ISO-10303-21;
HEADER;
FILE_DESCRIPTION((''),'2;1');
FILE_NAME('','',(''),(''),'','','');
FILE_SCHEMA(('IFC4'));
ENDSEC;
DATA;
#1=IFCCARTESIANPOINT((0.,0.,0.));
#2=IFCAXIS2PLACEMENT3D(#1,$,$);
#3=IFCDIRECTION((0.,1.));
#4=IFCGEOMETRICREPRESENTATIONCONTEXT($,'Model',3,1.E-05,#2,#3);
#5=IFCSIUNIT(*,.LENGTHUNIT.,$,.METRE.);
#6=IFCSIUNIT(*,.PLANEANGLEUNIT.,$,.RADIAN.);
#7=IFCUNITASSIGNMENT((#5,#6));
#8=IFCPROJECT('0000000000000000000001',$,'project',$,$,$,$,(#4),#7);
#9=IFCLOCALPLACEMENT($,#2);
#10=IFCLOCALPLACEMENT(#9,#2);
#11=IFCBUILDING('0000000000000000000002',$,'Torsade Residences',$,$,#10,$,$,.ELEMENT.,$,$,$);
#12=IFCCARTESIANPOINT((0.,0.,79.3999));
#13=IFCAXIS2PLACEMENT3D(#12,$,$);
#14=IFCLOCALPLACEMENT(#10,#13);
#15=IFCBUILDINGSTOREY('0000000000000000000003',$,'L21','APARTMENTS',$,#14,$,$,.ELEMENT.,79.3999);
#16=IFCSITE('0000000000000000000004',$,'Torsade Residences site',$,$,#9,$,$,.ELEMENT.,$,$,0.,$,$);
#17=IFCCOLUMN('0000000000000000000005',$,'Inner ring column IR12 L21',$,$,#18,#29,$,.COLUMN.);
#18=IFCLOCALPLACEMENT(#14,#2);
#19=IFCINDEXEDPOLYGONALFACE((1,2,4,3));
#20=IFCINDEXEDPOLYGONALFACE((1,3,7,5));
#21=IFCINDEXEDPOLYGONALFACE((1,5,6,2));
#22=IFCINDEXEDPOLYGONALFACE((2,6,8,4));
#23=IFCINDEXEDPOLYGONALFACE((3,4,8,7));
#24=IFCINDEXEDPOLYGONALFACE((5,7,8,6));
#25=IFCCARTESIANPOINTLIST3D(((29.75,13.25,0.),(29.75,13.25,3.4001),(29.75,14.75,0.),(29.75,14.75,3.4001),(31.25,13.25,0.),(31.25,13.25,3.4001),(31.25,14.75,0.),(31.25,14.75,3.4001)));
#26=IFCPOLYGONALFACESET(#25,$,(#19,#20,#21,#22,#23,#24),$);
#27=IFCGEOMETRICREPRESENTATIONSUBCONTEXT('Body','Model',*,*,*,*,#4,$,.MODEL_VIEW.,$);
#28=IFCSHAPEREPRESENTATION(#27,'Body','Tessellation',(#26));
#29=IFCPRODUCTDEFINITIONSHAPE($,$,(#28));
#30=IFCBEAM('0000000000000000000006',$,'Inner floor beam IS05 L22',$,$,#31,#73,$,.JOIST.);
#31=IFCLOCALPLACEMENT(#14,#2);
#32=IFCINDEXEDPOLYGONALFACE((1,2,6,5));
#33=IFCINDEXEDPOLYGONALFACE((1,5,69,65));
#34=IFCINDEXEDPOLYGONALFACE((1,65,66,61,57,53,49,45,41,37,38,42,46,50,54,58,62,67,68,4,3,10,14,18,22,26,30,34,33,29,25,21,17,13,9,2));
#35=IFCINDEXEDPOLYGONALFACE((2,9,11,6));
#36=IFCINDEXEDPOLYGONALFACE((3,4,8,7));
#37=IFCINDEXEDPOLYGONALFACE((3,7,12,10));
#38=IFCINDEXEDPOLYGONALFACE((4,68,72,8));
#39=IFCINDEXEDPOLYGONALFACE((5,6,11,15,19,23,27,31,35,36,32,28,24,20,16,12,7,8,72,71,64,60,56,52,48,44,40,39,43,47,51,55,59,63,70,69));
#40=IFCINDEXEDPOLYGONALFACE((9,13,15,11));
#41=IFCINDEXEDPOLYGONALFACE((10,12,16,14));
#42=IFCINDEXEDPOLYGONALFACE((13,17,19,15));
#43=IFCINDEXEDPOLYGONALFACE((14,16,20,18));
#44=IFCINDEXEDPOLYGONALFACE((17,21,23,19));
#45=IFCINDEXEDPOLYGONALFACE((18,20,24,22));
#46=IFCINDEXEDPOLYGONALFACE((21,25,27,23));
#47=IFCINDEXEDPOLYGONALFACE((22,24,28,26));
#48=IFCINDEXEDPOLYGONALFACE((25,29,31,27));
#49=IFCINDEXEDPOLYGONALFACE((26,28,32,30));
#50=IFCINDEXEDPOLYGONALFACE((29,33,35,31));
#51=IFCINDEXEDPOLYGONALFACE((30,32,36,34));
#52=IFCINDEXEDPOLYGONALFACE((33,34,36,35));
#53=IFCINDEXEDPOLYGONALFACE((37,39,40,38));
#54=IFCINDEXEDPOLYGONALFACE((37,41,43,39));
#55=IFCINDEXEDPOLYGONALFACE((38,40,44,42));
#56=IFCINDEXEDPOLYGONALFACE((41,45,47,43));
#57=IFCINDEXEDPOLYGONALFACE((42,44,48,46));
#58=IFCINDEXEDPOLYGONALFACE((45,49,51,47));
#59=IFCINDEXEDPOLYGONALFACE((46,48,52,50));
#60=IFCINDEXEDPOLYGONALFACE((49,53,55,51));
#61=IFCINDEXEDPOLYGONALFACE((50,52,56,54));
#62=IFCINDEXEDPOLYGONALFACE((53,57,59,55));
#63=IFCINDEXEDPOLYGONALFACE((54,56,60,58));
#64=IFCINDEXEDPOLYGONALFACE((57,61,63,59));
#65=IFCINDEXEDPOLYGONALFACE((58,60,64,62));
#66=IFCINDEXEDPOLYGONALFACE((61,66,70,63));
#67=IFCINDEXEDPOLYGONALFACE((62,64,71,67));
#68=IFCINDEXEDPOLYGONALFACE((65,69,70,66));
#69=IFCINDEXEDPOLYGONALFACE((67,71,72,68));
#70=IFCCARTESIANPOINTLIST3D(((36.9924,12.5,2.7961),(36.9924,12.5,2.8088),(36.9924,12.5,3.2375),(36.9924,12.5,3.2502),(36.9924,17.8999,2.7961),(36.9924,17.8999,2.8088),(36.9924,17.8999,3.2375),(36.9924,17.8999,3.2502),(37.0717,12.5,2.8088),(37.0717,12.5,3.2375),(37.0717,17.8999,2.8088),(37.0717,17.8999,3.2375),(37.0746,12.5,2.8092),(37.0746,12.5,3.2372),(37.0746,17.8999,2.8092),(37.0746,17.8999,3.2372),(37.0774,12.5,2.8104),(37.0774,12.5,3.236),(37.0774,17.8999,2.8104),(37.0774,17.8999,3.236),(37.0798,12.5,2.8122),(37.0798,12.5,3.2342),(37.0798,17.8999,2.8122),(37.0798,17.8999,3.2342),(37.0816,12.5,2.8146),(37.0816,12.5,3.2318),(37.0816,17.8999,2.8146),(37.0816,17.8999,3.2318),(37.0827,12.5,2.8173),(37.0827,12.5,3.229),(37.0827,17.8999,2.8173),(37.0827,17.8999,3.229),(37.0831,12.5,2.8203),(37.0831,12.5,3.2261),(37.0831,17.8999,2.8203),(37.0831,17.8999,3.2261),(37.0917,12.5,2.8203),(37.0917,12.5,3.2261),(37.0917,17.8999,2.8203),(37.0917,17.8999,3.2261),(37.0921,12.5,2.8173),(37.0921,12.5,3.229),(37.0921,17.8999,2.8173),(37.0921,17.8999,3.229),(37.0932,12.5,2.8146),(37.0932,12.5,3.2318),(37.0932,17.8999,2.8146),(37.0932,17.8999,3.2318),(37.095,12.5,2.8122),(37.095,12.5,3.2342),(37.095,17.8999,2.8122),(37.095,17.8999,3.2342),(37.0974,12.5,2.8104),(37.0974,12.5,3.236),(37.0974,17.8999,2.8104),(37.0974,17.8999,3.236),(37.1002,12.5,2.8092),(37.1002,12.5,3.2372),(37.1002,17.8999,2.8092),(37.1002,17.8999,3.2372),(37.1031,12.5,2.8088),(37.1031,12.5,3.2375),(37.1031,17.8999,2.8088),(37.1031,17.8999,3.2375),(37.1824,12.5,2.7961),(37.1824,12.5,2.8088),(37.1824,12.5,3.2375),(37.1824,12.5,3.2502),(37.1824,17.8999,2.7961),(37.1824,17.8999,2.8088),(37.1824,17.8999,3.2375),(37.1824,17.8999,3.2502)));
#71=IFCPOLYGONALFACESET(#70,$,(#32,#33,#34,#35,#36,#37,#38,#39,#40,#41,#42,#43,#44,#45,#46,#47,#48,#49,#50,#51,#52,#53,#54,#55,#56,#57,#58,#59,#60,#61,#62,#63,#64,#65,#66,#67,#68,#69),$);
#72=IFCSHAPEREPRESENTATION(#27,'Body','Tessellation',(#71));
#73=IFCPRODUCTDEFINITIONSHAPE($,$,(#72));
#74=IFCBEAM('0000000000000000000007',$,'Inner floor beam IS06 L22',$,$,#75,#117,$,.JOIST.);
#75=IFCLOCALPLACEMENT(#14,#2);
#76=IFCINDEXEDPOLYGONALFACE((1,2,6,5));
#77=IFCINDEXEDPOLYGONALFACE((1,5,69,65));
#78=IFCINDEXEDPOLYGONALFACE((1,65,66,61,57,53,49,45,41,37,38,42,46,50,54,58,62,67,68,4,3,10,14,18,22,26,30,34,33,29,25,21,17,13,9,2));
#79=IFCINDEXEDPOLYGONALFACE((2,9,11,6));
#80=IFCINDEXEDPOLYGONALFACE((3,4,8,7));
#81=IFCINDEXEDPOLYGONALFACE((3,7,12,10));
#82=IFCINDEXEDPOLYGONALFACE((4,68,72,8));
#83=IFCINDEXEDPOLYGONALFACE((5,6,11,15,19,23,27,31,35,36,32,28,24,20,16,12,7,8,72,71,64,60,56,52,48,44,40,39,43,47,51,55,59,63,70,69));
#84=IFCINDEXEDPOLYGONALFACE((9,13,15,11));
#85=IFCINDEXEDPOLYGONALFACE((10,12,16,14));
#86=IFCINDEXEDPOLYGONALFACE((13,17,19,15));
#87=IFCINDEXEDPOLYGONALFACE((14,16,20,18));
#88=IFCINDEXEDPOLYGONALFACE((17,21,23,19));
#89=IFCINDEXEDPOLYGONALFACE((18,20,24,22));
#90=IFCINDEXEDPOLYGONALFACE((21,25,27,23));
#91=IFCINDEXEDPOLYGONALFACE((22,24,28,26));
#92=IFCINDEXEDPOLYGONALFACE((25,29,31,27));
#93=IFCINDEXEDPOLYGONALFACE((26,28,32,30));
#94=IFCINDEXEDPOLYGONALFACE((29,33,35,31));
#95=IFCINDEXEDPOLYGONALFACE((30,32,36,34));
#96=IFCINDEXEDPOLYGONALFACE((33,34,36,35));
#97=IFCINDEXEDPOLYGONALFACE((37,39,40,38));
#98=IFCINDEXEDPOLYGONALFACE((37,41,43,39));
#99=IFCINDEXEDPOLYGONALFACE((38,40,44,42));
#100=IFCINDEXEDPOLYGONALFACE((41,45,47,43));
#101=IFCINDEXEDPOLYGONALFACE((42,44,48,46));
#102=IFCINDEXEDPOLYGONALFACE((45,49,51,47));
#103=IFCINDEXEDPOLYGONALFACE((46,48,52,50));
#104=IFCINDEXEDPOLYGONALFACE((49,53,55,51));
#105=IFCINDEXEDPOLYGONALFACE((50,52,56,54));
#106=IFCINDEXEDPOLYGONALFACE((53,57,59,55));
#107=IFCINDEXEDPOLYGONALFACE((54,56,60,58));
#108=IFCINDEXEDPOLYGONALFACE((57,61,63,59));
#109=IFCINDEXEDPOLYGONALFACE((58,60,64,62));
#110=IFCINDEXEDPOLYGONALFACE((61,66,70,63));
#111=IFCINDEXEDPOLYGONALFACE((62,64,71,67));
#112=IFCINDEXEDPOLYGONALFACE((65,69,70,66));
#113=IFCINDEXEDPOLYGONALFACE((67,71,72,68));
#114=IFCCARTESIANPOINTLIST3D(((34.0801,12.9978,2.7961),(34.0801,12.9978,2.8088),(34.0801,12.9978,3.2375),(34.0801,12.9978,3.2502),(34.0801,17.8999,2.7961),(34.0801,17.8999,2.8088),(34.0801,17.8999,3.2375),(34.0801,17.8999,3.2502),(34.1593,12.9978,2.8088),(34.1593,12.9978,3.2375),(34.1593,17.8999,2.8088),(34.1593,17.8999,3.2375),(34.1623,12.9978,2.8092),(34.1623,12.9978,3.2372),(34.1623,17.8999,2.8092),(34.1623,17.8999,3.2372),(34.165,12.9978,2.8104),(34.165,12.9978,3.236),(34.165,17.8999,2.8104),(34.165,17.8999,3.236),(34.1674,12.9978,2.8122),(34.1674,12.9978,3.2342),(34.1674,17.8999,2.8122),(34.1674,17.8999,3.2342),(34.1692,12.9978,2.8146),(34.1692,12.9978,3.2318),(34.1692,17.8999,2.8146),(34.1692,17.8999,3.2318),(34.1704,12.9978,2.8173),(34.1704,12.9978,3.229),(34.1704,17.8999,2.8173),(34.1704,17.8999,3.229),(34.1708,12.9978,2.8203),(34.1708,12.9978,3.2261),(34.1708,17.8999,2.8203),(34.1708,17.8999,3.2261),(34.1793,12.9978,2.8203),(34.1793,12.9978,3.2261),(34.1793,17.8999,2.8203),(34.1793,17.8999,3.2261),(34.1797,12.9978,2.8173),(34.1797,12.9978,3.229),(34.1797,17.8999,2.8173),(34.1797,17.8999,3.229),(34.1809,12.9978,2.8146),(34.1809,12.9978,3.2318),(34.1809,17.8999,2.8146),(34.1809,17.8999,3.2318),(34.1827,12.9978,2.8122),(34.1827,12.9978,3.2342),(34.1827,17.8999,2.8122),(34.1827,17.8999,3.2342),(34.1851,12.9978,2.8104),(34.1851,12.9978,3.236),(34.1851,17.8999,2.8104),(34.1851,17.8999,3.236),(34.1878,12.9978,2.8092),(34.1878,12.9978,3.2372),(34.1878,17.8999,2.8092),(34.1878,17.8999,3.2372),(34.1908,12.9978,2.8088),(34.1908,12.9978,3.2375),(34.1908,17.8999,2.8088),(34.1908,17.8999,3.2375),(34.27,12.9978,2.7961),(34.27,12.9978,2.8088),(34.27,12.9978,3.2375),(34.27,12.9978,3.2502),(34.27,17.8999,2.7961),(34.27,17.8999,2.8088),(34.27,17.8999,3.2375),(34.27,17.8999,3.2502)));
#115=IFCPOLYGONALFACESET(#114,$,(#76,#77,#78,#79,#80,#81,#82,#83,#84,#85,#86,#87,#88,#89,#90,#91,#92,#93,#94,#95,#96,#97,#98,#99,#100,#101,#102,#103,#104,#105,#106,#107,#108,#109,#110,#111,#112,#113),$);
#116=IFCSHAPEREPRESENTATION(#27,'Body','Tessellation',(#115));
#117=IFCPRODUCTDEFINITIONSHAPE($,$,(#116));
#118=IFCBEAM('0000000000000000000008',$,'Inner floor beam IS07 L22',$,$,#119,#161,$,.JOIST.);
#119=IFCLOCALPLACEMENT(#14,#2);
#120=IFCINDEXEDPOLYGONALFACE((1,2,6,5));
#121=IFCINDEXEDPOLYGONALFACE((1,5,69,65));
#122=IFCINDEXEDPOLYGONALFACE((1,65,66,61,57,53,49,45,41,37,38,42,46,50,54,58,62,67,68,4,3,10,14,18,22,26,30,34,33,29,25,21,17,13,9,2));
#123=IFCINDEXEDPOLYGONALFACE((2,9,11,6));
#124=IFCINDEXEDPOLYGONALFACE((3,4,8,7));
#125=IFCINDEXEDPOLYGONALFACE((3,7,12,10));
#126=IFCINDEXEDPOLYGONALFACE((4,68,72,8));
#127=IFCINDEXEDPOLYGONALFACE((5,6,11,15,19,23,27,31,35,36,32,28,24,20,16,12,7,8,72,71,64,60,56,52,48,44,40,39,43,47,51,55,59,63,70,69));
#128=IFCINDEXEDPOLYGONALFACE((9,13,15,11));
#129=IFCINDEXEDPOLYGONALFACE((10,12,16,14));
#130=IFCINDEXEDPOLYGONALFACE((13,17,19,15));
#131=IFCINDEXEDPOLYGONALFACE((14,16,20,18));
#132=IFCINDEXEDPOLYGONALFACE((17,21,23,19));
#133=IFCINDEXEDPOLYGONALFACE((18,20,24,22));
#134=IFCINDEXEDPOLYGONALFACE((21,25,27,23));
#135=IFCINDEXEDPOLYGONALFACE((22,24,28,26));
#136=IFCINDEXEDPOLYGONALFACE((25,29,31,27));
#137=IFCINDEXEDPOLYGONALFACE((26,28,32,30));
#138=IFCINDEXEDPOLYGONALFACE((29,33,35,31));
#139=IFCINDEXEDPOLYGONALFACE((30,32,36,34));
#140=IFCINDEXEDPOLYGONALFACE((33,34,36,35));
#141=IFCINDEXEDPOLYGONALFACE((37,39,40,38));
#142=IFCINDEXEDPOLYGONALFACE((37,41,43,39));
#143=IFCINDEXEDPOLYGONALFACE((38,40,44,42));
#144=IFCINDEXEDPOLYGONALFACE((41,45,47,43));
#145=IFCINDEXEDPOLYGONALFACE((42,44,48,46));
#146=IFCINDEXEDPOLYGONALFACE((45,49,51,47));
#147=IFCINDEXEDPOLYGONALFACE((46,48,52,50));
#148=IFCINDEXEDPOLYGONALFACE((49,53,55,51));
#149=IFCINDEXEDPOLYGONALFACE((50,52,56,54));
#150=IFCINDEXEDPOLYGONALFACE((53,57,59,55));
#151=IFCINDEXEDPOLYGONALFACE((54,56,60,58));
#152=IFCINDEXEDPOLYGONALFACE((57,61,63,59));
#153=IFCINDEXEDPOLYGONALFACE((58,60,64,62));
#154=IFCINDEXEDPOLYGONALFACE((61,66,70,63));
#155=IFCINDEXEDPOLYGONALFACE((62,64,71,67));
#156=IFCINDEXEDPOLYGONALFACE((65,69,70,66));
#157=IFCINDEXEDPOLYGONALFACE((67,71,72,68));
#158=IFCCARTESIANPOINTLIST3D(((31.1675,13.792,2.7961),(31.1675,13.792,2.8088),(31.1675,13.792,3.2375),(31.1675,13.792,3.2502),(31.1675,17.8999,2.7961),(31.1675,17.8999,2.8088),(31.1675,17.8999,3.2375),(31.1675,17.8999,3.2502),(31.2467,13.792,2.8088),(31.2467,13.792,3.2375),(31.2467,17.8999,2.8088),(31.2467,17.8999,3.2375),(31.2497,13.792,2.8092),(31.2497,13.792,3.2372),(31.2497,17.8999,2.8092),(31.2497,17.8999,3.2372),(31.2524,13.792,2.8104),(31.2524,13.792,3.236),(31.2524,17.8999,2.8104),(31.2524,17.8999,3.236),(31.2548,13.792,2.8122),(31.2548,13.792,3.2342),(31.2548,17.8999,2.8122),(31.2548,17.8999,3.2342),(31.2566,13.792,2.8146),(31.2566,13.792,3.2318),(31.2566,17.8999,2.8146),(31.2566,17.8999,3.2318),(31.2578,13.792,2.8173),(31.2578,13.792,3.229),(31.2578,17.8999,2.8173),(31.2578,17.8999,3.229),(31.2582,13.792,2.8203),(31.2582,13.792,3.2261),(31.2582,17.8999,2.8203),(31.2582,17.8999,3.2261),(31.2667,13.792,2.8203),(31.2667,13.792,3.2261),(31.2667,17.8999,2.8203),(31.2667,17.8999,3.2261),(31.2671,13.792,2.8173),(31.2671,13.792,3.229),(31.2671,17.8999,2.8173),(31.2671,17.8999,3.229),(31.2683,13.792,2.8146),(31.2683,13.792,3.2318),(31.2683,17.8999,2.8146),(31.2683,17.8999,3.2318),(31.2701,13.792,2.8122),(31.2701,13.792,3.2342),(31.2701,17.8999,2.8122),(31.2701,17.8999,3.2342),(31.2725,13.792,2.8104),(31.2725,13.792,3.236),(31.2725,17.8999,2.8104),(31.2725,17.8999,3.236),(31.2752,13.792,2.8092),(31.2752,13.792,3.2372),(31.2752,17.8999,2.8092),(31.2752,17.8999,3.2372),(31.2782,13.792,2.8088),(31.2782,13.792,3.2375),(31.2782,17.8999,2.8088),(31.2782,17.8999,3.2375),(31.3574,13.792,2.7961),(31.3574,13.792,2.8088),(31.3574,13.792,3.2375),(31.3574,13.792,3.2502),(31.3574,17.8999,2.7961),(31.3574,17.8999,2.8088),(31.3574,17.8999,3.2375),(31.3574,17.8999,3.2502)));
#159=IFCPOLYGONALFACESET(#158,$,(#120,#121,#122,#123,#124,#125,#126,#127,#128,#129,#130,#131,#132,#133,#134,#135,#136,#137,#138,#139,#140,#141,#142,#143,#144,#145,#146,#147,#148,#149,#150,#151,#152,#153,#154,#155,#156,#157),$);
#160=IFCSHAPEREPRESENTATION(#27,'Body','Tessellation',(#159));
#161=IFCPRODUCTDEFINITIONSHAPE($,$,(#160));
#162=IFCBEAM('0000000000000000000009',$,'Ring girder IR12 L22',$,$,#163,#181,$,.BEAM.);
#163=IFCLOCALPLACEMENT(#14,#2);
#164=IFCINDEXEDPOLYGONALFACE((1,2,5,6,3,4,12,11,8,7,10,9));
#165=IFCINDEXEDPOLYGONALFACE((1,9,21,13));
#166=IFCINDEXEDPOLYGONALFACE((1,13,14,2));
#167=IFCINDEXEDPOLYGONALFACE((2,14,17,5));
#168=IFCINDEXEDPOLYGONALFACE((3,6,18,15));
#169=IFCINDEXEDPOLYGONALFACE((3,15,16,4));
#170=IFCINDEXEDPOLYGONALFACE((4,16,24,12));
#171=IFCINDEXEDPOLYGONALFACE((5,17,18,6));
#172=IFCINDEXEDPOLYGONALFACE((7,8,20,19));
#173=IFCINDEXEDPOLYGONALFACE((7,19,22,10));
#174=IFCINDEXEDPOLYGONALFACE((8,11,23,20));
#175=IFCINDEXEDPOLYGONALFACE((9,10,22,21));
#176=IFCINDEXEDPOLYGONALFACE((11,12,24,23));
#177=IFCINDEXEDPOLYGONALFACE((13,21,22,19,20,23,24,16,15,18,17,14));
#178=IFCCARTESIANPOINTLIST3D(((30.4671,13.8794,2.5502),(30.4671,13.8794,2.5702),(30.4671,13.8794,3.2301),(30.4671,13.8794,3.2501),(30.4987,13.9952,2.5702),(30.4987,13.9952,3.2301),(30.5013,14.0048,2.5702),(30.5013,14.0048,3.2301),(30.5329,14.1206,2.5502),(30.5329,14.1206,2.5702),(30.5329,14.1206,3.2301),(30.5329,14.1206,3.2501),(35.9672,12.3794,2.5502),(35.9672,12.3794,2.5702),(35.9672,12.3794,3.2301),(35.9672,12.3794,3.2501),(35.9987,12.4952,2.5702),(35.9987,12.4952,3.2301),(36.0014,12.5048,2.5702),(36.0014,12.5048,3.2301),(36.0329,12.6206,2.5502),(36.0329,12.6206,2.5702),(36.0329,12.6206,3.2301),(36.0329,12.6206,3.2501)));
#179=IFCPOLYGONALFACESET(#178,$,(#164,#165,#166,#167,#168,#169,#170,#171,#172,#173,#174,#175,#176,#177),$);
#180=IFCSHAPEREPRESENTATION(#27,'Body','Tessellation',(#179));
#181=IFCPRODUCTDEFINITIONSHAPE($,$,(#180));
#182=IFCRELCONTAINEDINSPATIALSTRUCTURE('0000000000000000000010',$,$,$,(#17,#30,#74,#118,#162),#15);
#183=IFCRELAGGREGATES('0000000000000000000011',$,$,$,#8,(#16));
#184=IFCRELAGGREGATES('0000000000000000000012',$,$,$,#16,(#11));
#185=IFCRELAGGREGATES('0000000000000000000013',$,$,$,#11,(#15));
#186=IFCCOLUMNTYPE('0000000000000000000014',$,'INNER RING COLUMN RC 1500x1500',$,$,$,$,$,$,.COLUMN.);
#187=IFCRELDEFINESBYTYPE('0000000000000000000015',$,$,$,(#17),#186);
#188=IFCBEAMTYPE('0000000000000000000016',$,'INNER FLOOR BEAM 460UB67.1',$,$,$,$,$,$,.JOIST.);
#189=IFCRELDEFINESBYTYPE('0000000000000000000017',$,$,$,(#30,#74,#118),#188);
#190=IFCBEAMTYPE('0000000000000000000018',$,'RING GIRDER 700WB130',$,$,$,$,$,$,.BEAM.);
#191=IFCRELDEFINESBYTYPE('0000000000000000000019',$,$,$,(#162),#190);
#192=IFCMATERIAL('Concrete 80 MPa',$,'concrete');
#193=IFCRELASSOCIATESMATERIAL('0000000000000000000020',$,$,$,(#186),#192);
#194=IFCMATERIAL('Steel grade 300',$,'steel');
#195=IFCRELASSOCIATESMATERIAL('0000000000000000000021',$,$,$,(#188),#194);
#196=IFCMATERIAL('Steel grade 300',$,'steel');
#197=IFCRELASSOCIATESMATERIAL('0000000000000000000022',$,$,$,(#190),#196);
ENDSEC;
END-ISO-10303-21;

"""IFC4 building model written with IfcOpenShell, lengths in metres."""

from ifc_helpers import new_model, si_unit, direction, frame, origin, origin_2d, place, context, subcontext, project, spatial, rectangle, i_section, extrude, material, material_profile, profile_set, type_object, element, save


model = new_model("IFC4")

# Units and contexts
model_context = context("Model", 3, precision=1e-05, world=origin(), true_north=direction((0.0, 1.0)))
body_context = subcontext(model_context, "Body", "Model", "MODEL_VIEW")
ifc_project = project(units=[si_unit("LENGTHUNIT", "METRE"), si_unit("PLANEANGLEUNIT", "RADIAN")], contexts=[model_context])

# Site, building, storey
site_placement = place(None, origin())
site = spatial("IfcSite", under=ifc_project, at=site_placement, Name="Torsade Residences site", CompositionType="ELEMENT", RefElevation=0.0)
building_placement = place(site_placement, origin())
building = spatial("IfcBuilding", under=site, at=building_placement, Name="Torsade Residences", CompositionType="ELEMENT")
storey_placement = place(building_placement, frame((0.0, 0.0, 79.3999)))
storey = spatial("IfcBuildingStorey", under=building, at=storey_placement, Name="L21", Description="APARTMENTS", CompositionType="ELEMENT", Elevation=79.3999)

# Column
ifc_material_1 = material(Name="Concrete 80 MPa", Category="concrete")
ifc_material_profile_1 = material_profile(ifc_material_1, rectangle(XDim=1.5, YDim=1.5, at=origin_2d()), Name="RC 1500x1500")
ifc_profile_set_1 = profile_set([ifc_material_profile_1], Name="Concrete 80 MPa")
column_type = type_object("IfcColumnType", Name="INNER RING COLUMN RC 1500x1500", PredefinedType="COLUMN", material=ifc_profile_set_1)
column_placement = place(storey_placement, frame((30.5, 14.0, 0.0), z_axis=(0.0, 0.0, 1.0), x_axis=(1.0, 0.0, 0.0)))
element("IfcColumn", 1, at=column_placement, inside=storey, type_object=column_type, Name="Inner ring column IR12 L21", PredefinedType="COLUMN", context=body_context, shape_type="SweptSolid", body=[
    extrude(rectangle(XDim=1.5, YDim=1.5, at=origin_2d()), origin(), (0.0, 0.0, 1.0), 3.4001),
])

# Beams
ifc_material_2 = material(Name="Steel grade 300", Category="steel")
ifc_material_profile_2 = material_profile(ifc_material_2, i_section(OverallWidth=0.1899, OverallDepth=0.4541, WebThickness=0.0085, FlangeThickness=0.0127, FilletRadius=0.0115, at=origin_2d()), Name="460UB67.1")
ifc_profile_set_2 = profile_set([ifc_material_profile_2], Name="Steel grade 300")
beam_type_1 = type_object("IfcBeamType", Name="INNER FLOOR BEAM 460UB67.1", PredefinedType="JOIST", material=ifc_profile_set_2)
beam_1_placement = place(storey_placement, frame((37.0874, 17.8999, 3.0232), z_axis=(0.0, -1.0, 0.0), x_axis=(1.0, 0.0, 0.0)))
element("IfcBeam", 2, at=beam_1_placement, inside=storey, type_object=beam_type_1, Name="Inner floor beam IS05 L22", PredefinedType="JOIST", context=body_context, shape_type="SweptSolid", body=[
    extrude(i_section(OverallWidth=0.1899, OverallDepth=0.4541, WebThickness=0.0085, FlangeThickness=0.0127, FilletRadius=0.0115, at=origin_2d()), origin(), (0.0, 0.0, 1.0), 5.3999),
])
beam_2_placement = place(storey_placement, frame((34.175, 17.8999, 3.0232), z_axis=(0.0, -1.0, 0.0), x_axis=(1.0, 0.0, 0.0)))
element("IfcBeam", 3, at=beam_2_placement, inside=storey, type_object=beam_type_1, Name="Inner floor beam IS06 L22", PredefinedType="JOIST", context=body_context, shape_type="SweptSolid", body=[
    extrude(i_section(OverallWidth=0.1899, OverallDepth=0.4541, WebThickness=0.0085, FlangeThickness=0.0127, FilletRadius=0.0115, at=origin_2d()), origin(), (0.0, 0.0, 1.0), 4.9021),
])
beam_3_placement = place(storey_placement, frame((31.2625, 17.8999, 3.0232), z_axis=(0.0, -1.0, 0.0), x_axis=(1.0, 0.0, 0.0)))
element("IfcBeam", 4, at=beam_3_placement, inside=storey, type_object=beam_type_1, Name="Inner floor beam IS07 L22", PredefinedType="JOIST", context=body_context, shape_type="SweptSolid", body=[
    extrude(i_section(OverallWidth=0.1899, OverallDepth=0.4541, WebThickness=0.0085, FlangeThickness=0.0127, FilletRadius=0.0115, at=origin_2d()), origin(), (0.0, 0.0, 1.0), 4.1079),
])
ifc_material_3 = material(Name="Steel grade 300", Category="steel")
ifc_material_profile_3 = material_profile(ifc_material_3, i_section(OverallWidth=0.25, OverallDepth=0.7, WebThickness=0.01, FlangeThickness=0.02, at=origin_2d()), Name="700WB130")
ifc_profile_set_3 = profile_set([ifc_material_profile_3], Name="Steel grade 300")
beam_type_2 = type_object("IfcBeamType", Name="RING GIRDER 700WB130", PredefinedType="BEAM", material=ifc_profile_set_3)
beam_4_placement = place(storey_placement, frame((30.5, 14.0, 2.9001), z_axis=(0.964764, -0.263117, 0.0), x_axis=(0.263117, 0.964764, 0.0)))
element("IfcBeam", 5, at=beam_4_placement, inside=storey, type_object=beam_type_2, Name="Ring girder IR12 L22", PredefinedType="BEAM", context=body_context, shape_type="SweptSolid", body=[
    extrude(i_section(OverallWidth=0.25, OverallDepth=0.7, WebThickness=0.01, FlangeThickness=0.02, at=origin_2d()), origin(), (0.0, 0.0, 1.0), 5.7009),
])

save(model, "model.ifc")
